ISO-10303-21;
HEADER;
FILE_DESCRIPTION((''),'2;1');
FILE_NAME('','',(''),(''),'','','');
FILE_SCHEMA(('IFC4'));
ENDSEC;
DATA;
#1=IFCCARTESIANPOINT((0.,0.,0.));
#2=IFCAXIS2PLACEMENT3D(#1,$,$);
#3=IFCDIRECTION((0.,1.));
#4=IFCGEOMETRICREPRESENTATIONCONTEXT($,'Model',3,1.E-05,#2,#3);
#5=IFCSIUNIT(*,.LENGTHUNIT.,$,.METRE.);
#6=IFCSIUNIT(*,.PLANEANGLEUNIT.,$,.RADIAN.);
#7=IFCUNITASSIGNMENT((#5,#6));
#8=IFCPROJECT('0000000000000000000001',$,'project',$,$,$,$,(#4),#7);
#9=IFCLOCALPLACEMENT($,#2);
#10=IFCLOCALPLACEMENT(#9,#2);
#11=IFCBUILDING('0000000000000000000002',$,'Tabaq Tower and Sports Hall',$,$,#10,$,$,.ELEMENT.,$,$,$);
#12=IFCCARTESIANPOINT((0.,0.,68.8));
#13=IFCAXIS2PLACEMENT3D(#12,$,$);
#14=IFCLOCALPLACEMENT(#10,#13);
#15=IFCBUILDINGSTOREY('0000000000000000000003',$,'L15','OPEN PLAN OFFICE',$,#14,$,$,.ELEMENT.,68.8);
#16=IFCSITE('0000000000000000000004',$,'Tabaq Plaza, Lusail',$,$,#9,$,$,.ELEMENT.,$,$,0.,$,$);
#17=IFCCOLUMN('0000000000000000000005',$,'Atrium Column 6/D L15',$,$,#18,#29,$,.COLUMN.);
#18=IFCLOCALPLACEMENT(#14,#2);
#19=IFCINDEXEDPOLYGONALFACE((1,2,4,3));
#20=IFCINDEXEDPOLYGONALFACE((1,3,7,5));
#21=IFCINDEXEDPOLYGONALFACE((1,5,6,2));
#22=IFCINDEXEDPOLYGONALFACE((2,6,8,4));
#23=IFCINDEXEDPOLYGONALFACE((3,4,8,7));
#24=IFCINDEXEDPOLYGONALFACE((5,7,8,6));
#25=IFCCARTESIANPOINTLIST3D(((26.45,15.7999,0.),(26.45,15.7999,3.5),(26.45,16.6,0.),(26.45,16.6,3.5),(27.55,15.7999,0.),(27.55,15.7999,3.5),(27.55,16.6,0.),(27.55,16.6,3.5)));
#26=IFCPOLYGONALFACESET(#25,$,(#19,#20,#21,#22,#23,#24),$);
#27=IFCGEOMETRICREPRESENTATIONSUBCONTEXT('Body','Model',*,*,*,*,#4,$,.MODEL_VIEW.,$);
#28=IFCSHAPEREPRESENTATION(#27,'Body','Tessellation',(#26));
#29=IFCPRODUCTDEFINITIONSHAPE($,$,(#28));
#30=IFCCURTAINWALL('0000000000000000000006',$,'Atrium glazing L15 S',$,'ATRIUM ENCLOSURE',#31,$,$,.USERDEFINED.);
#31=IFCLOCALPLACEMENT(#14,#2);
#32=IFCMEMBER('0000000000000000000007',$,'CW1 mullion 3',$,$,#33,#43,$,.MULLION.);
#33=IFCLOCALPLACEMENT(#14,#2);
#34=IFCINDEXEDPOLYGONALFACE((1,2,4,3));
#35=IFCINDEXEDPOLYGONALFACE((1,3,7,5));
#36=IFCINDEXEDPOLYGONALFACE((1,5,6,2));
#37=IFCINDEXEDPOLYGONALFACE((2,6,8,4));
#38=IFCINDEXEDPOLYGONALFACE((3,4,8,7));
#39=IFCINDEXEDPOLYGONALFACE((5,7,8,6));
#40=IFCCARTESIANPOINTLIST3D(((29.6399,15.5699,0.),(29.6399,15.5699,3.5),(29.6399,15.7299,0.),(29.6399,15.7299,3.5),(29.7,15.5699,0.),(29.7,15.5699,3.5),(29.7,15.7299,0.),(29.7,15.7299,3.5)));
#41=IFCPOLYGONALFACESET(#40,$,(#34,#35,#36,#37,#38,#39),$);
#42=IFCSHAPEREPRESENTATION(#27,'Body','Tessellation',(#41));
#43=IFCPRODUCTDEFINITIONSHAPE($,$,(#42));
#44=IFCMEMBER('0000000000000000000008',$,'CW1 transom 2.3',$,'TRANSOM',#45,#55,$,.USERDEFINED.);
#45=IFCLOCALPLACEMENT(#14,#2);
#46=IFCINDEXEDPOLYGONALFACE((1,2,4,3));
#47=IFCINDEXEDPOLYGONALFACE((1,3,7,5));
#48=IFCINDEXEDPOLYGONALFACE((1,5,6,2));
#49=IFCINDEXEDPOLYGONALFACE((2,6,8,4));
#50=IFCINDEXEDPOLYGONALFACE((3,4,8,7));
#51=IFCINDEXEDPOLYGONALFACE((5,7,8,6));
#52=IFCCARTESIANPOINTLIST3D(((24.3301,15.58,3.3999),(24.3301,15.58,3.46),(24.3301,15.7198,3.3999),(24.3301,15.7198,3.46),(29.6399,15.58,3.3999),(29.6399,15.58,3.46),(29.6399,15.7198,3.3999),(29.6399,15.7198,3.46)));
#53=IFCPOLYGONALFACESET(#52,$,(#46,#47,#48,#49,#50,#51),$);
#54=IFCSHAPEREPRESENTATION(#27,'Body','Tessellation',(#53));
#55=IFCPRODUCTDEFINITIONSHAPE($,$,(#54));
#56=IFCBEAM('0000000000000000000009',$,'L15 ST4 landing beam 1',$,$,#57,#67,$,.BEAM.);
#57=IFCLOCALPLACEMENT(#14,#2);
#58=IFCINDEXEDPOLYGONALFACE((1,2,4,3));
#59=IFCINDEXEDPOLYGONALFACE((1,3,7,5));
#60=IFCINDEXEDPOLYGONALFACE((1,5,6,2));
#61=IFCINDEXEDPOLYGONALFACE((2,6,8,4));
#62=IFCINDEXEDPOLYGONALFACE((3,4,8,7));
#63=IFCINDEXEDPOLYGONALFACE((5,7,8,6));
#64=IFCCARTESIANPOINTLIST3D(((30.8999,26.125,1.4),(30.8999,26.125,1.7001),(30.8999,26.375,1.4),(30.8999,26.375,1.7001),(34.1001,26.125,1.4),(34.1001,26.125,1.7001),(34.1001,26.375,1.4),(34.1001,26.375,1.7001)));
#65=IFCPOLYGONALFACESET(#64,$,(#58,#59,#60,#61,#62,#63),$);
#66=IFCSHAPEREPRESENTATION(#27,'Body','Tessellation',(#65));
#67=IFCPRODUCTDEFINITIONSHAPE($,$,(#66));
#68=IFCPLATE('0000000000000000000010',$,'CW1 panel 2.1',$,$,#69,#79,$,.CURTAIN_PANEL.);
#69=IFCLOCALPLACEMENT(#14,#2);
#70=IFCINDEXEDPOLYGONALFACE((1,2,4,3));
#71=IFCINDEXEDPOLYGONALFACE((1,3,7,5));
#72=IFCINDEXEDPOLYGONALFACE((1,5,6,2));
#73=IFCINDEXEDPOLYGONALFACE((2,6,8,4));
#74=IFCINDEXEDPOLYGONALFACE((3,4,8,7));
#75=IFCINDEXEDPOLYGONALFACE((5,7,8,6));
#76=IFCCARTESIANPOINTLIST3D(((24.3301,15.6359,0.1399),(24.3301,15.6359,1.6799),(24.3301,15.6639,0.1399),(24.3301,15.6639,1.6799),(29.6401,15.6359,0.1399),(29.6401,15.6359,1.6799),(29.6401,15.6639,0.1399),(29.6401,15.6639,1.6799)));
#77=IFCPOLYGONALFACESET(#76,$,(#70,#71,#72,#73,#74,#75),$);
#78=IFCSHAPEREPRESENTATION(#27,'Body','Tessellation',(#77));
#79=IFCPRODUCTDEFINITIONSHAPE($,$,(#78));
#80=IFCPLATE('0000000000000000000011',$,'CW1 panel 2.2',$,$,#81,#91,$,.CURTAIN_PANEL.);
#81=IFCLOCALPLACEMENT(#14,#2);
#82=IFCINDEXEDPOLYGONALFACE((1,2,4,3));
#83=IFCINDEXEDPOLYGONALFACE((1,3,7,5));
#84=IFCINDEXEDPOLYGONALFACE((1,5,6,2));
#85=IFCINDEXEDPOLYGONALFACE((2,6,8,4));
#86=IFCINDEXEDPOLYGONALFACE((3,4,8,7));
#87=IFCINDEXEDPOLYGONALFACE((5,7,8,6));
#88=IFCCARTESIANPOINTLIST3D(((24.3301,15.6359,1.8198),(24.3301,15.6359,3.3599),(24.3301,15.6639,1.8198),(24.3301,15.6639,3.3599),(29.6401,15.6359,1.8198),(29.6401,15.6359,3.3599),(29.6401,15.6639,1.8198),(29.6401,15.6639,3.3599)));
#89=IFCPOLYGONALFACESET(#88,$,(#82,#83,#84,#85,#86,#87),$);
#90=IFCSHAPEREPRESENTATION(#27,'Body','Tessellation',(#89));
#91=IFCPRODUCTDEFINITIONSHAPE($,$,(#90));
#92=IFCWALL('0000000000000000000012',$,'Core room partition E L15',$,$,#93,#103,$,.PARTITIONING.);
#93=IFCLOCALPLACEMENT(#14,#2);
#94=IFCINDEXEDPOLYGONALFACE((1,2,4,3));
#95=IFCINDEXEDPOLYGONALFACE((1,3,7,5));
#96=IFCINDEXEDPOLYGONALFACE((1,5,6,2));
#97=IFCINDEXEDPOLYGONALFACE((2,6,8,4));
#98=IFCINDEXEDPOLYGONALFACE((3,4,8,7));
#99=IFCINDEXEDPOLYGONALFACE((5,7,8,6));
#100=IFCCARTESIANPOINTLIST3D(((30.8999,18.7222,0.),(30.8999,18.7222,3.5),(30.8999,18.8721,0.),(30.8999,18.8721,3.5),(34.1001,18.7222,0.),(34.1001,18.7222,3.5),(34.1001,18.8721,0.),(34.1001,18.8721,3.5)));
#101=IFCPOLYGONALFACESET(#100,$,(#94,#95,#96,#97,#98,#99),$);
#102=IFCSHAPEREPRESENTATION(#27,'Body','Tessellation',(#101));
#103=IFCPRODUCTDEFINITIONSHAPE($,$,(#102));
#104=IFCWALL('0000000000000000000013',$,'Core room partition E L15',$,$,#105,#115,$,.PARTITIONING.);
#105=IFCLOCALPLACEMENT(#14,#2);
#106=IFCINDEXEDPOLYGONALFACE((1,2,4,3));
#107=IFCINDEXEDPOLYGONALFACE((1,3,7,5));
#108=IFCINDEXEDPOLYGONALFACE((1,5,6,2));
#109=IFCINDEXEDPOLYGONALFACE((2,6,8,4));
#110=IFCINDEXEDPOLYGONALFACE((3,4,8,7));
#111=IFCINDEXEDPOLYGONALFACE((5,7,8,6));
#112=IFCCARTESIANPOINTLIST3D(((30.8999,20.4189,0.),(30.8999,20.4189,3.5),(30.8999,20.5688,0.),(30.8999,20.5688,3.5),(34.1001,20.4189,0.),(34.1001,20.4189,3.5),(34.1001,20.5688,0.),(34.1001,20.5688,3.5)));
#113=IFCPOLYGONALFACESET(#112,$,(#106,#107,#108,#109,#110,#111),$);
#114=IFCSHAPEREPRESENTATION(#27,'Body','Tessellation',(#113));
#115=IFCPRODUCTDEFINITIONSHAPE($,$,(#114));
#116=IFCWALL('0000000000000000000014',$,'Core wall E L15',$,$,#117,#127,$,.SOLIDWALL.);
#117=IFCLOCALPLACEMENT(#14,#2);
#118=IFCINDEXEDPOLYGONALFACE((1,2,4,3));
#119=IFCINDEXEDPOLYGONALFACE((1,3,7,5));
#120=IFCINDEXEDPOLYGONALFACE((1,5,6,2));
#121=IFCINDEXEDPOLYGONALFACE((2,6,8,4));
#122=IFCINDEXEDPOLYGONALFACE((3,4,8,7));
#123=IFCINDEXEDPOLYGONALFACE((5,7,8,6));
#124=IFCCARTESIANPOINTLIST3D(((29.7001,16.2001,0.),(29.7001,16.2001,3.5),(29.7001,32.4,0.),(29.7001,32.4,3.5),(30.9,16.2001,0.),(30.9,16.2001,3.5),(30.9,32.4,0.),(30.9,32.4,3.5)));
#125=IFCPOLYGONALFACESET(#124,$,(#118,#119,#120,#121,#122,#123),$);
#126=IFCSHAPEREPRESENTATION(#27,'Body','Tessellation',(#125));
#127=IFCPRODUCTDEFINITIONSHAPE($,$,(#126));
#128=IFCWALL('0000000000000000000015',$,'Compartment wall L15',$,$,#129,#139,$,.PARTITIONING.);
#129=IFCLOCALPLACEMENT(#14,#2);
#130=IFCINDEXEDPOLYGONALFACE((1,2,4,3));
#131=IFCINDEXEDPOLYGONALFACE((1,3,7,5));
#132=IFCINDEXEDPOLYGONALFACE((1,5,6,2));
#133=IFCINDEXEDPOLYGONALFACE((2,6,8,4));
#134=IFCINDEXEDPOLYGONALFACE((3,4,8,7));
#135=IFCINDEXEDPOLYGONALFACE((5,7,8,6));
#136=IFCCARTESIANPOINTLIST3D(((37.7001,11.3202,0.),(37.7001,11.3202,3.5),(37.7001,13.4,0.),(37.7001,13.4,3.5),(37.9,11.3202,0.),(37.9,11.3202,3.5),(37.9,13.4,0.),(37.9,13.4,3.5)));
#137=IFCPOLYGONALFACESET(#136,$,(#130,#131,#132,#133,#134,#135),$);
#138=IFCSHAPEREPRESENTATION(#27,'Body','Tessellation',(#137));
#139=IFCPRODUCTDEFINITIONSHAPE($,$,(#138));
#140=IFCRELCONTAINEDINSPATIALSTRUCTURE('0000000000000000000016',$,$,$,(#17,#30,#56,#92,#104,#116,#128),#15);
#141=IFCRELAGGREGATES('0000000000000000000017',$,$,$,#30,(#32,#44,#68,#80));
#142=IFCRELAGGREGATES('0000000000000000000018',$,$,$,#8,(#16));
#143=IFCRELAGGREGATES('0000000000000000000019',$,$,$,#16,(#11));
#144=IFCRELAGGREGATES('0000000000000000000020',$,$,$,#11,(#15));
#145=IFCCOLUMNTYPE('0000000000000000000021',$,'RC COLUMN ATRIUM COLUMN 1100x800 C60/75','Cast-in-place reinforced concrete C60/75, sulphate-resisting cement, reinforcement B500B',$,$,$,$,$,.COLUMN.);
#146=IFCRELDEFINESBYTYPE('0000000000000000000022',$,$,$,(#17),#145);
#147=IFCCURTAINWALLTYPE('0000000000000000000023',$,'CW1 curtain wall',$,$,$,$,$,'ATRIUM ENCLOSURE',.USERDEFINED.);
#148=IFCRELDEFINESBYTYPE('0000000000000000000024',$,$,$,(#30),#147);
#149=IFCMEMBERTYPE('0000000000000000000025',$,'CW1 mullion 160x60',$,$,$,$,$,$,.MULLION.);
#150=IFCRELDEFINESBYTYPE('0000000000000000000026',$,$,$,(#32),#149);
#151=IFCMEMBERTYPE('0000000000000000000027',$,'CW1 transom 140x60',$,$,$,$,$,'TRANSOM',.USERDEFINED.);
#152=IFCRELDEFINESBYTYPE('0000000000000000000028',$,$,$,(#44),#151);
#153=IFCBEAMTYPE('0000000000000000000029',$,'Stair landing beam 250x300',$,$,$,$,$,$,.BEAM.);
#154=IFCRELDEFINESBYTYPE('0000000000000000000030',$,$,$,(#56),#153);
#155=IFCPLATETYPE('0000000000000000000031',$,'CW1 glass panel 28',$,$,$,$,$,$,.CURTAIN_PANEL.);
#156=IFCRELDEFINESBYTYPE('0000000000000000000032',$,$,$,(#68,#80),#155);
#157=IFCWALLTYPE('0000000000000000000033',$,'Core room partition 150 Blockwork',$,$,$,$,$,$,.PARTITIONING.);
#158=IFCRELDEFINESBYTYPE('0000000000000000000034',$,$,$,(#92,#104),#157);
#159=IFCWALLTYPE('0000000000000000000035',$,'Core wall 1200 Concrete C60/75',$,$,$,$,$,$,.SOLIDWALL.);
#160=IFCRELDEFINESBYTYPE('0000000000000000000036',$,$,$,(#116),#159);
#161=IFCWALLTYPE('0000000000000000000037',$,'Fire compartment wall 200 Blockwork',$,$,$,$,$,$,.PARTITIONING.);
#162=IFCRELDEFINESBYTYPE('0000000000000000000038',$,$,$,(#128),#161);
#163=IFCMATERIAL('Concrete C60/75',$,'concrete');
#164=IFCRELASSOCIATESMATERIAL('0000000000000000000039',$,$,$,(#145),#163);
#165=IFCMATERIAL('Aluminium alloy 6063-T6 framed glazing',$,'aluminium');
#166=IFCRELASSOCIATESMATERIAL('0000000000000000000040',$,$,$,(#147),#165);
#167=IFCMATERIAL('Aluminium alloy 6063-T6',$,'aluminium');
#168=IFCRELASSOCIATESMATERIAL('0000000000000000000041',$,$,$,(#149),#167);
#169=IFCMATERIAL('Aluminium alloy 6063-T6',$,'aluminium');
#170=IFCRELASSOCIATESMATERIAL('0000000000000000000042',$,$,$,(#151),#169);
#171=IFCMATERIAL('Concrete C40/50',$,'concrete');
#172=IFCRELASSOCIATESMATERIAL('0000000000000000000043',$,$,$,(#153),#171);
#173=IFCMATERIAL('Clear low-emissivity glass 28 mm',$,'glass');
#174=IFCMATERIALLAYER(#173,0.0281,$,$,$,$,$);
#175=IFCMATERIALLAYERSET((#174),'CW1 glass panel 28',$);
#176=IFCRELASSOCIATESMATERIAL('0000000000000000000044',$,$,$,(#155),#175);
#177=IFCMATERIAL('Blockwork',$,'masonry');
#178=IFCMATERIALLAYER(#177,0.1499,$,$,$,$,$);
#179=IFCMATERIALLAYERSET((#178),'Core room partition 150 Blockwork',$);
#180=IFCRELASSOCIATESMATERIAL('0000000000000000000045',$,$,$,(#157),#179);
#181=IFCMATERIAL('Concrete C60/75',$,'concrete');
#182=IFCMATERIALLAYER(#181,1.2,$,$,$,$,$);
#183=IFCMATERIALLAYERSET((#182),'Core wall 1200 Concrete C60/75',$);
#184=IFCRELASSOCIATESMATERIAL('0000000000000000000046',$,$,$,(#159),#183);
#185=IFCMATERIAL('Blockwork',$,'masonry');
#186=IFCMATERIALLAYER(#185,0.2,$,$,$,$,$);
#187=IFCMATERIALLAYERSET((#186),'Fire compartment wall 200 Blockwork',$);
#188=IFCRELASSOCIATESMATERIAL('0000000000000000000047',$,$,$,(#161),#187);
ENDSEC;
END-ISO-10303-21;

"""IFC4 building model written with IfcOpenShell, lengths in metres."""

from ifc_helpers import new_model, si_unit, direction, frame, frame_2d, origin, origin_2d, place, context, subcontext, project, spatial, rectangle, extrude, material, layer, layer_set, material_profile, profile_set, type_object, element, aggregate, save


model = new_model("IFC4")

# Units and contexts
model_context = context("Model", 3, precision=1e-05, world=origin(), true_north=direction((0.0, 1.0)))
body_context = subcontext(model_context, "Body", "Model", "MODEL_VIEW")
ifc_project = project(units=[si_unit("LENGTHUNIT", "METRE"), si_unit("PLANEANGLEUNIT", "RADIAN")], contexts=[model_context])

# Site, building, storey
site_placement = place(None, origin())
site = spatial("IfcSite", under=ifc_project, at=site_placement, Name="Tabaq Plaza, Lusail", CompositionType="ELEMENT", RefElevation=0.0)
building_placement = place(site_placement, origin())
building = spatial("IfcBuilding", under=site, at=building_placement, Name="Tabaq Tower and Sports Hall", CompositionType="ELEMENT")
storey_placement = place(building_placement, frame((0.0, 0.0, 68.8)))
storey = spatial("IfcBuildingStorey", under=building, at=storey_placement, Name="L15", Description="OPEN PLAN OFFICE", CompositionType="ELEMENT", Elevation=68.8)

# Column
ifc_material_1 = material(Name="Concrete C60/75", Category="concrete")
ifc_material_profile_1 = material_profile(ifc_material_1, rectangle(XDim=1.1001, YDim=0.8, at=origin_2d()), Name="ATRIUM COLUMN 1100x800")
ifc_profile_set_1 = profile_set([ifc_material_profile_1], Name="Concrete C60/75")
column_type = type_object("IfcColumnType", Name="RC COLUMN ATRIUM COLUMN 1100x800 C60/75", Description="Cast-in-place reinforced concrete C60/75, sulphate-resisting cement, reinforcement B500B", PredefinedType="COLUMN", material=ifc_profile_set_1)
column_placement = place(storey_placement, frame((27.0, 16.2, 0.0), z_axis=(0.0, 0.0, 1.0), x_axis=(1.0, 0.0, 0.0)))
element("IfcColumn", 1, at=column_placement, inside=storey, type_object=column_type, Name="Atrium Column 6/D L15", PredefinedType="COLUMN", context=body_context, shape_type="SweptSolid", body=[
    extrude(rectangle(XDim=1.1001, YDim=0.8, at=origin_2d()), origin(), (0.0, 0.0, 1.0), 3.5),
])

# Curtain wall, members
ifc_material_2 = material(Name="Aluminium alloy 6063-T6 framed glazing", Category="aluminium")
curtain_wall_type = type_object("IfcCurtainWallType", Name="CW1 curtain wall", ElementType="ATRIUM ENCLOSURE", PredefinedType="USERDEFINED", material=ifc_material_2)
curtain_wall_placement = place(storey_placement, origin())
curtain_wall = element("IfcCurtainWall", 2, at=curtain_wall_placement, inside=storey, type_object=curtain_wall_type, Name="Atrium glazing L15 S", ObjectType="ATRIUM ENCLOSURE", PredefinedType="USERDEFINED")
ifc_material_3 = material(Name="Aluminium alloy 6063-T6", Category="aluminium")
ifc_material_profile_2 = material_profile(ifc_material_3, rectangle(XDim=0.1599, YDim=0.0601, at=origin_2d()), Name="MULLION 160x60")
ifc_profile_set_2 = profile_set([ifc_material_profile_2], Name="Aluminium alloy 6063-T6")
member_type_1 = type_object("IfcMemberType", Name="CW1 mullion 160x60", PredefinedType="MULLION", material=ifc_profile_set_2)
member_1_placement = place(storey_placement, frame((29.6699, 15.6499, 0.0), z_axis=(0.0, 0.0, 1.0), x_axis=(0.0, 1.0, 0.0)))
member_1 = element("IfcMember", 3, at=member_1_placement, type_object=member_type_1, Name="CW1 mullion 3", PredefinedType="MULLION", context=body_context, shape_type="SweptSolid", body=[
    extrude(rectangle(XDim=0.1599, YDim=0.0601, at=origin_2d()), origin(), (0.0, 0.0, 1.0), 3.5),
])
ifc_material_4 = material(Name="Aluminium alloy 6063-T6", Category="aluminium")
ifc_material_profile_3 = material_profile(ifc_material_4, rectangle(XDim=0.1399, YDim=0.0601, at=origin_2d()), Name="TRANSOM 140x60")
ifc_profile_set_3 = profile_set([ifc_material_profile_3], Name="Aluminium alloy 6063-T6")
member_type_2 = type_object("IfcMemberType", Name="CW1 transom 140x60", ElementType="TRANSOM", PredefinedType="USERDEFINED", material=ifc_profile_set_3)
member_2_placement = place(storey_placement, frame((24.3301, 15.6499, 3.4299), z_axis=(1.0, 0.0, 0.0), x_axis=(0.0, 1.0, 0.0)))
member_2 = element("IfcMember", 4, at=member_2_placement, type_object=member_type_2, Name="CW1 transom 2.3", ObjectType="TRANSOM", PredefinedType="USERDEFINED", context=body_context, shape_type="SweptSolid", body=[
    extrude(rectangle(XDim=0.1399, YDim=0.0601, at=origin_2d()), origin(), (0.0, 0.0, 1.0), 5.3098),
])

# Beam
ifc_material_5 = material(Name="Concrete C40/50", Category="concrete")
ifc_material_profile_4 = material_profile(ifc_material_5, rectangle(XDim=0.25, YDim=0.3, at=origin_2d()), Name="RC 250x300")
ifc_profile_set_4 = profile_set([ifc_material_profile_4], Name="Concrete C40/50")
beam_type = type_object("IfcBeamType", Name="Stair landing beam 250x300", PredefinedType="BEAM", material=ifc_profile_set_4)
beam_placement = place(storey_placement, frame((30.8999, 26.25, 1.55), z_axis=(1.0, 0.0, 0.0), x_axis=(0.0, 1.0, 0.0)))
element("IfcBeam", 5, at=beam_placement, inside=storey, type_object=beam_type, Name="L15 ST4 landing beam 1", PredefinedType="BEAM", context=body_context, shape_type="SweptSolid", body=[
    extrude(rectangle(XDim=0.25, YDim=0.3, at=origin_2d()), origin(), (0.0, 0.0, 1.0), 3.2002),
])

# Plates
ifc_material_6 = material(Name="Clear low-emissivity glass 28 mm", Category="glass")
ifc_layer_1 = layer(ifc_material_6, 0.0281)
ifc_layer_set_1 = layer_set([ifc_layer_1], Name="CW1 glass panel 28")
plate_type = type_object("IfcPlateType", Name="CW1 glass panel 28", PredefinedType="CURTAIN_PANEL", material=ifc_layer_set_1)
plate_1_placement = place(storey_placement, frame((26.9851, 15.6499, 0.1399), z_axis=(0.0, 0.0, 1.0), x_axis=(1.0, 0.0, 0.0)))
plate_1 = element("IfcPlate", 6, at=plate_1_placement, type_object=plate_type, Name="CW1 panel 2.1", PredefinedType="CURTAIN_PANEL", context=body_context, shape_type="SweptSolid", body=[
    extrude(rectangle(XDim=5.3101, YDim=0.0281, at=origin_2d()), origin(), (0.0, 0.0, 1.0), 1.54),
])
plate_2_placement = place(storey_placement, frame((26.9851, 15.6499, 1.8198), z_axis=(0.0, 0.0, 1.0), x_axis=(1.0, 0.0, 0.0)))
plate_2 = element("IfcPlate", 7, at=plate_2_placement, type_object=plate_type, Name="CW1 panel 2.2", PredefinedType="CURTAIN_PANEL", context=body_context, shape_type="SweptSolid", body=[
    extrude(rectangle(XDim=5.3101, YDim=0.0281, at=origin_2d()), origin(), (0.0, 0.0, 1.0), 1.54),
])
aggregate(curtain_wall, [member_1, member_2, plate_1, plate_2])

# Walls
ifc_material_7 = material(Name="Blockwork", Category="masonry")
ifc_layer_2 = layer(ifc_material_7, 0.1499)
ifc_layer_set_2 = layer_set([ifc_layer_2], Name="Core room partition 150 Blockwork")
wall_type_1 = type_object("IfcWallType", Name="Core room partition 150 Blockwork", PredefinedType="PARTITIONING", material=ifc_layer_set_2)
for number, where, z_axis, x_axis, name in (
    (8, (30.8999, 18.7971, 0.0), (0.0, 0.0, 1.0), (1.0, 0.0, 0.0), "Core room partition E L15"),
    (9, (30.8999, 20.4939, 0.0), (0.0, 0.0, 1.0), (1.0, 0.0, 0.0), "Core room partition E L15"),
):
    element("IfcWall", number, at=place(storey_placement, frame(where, z_axis=z_axis, x_axis=x_axis)), inside=storey, type_object=wall_type_1, Name=name, PredefinedType="PARTITIONING", context=body_context, shape_type="SweptSolid", body=[
        extrude(rectangle(XDim=3.2002, YDim=0.1499, at=frame_2d((1.6001, 0.0))), origin(), (0.0, 0.0, 1.0), 3.5),
    ])
ifc_material_8 = material(Name="Concrete C60/75", Category="concrete")
ifc_layer_3 = layer(ifc_material_8, 1.2)
ifc_layer_set_3 = layer_set([ifc_layer_3], Name="Core wall 1200 Concrete C60/75")
wall_type_2 = type_object("IfcWallType", Name="Core wall 1200 Concrete C60/75", PredefinedType="SOLIDWALL", material=ifc_layer_set_3)
wall_1_placement = place(storey_placement, frame((30.3, 16.2, 0.0), z_axis=(0.0, 0.0, 1.0), x_axis=(0.0, 1.0, 0.0)))
element("IfcWall", 10, at=wall_1_placement, inside=storey, type_object=wall_type_2, Name="Core wall E L15", PredefinedType="SOLIDWALL", context=body_context, shape_type="SweptSolid", body=[
    extrude(rectangle(XDim=16.2, YDim=1.2, at=frame_2d((8.1001, 0.0))), origin(), (0.0, 0.0, 1.0), 3.5),
])

# Shared definitions
ifc_material_9 = material(Name="Blockwork", Category="masonry")
ifc_layer_4 = layer(ifc_material_9, 0.2)
ifc_layer_set_4 = layer_set([ifc_layer_4], Name="Fire compartment wall 200 Blockwork")
wall_type_3 = type_object("IfcWallType", Name="Fire compartment wall 200 Blockwork", PredefinedType="PARTITIONING", material=ifc_layer_set_4)

# Wall
wall_2_placement = place(storey_placement, frame((37.8, 11.3201, 0.0), z_axis=(0.0, 0.0, 1.0), x_axis=(0.0, 1.0, 0.0)))
element("IfcWall", 11, at=wall_2_placement, inside=storey, type_object=wall_type_3, Name="Compartment wall L15", PredefinedType="PARTITIONING", context=body_context, shape_type="SweptSolid", body=[
    extrude(rectangle(XDim=2.0798, YDim=0.2, at=frame_2d((1.04, 0.0))), origin(), (0.0, 0.0, 1.0), 3.5),
])

save(model, "model.ifc")
